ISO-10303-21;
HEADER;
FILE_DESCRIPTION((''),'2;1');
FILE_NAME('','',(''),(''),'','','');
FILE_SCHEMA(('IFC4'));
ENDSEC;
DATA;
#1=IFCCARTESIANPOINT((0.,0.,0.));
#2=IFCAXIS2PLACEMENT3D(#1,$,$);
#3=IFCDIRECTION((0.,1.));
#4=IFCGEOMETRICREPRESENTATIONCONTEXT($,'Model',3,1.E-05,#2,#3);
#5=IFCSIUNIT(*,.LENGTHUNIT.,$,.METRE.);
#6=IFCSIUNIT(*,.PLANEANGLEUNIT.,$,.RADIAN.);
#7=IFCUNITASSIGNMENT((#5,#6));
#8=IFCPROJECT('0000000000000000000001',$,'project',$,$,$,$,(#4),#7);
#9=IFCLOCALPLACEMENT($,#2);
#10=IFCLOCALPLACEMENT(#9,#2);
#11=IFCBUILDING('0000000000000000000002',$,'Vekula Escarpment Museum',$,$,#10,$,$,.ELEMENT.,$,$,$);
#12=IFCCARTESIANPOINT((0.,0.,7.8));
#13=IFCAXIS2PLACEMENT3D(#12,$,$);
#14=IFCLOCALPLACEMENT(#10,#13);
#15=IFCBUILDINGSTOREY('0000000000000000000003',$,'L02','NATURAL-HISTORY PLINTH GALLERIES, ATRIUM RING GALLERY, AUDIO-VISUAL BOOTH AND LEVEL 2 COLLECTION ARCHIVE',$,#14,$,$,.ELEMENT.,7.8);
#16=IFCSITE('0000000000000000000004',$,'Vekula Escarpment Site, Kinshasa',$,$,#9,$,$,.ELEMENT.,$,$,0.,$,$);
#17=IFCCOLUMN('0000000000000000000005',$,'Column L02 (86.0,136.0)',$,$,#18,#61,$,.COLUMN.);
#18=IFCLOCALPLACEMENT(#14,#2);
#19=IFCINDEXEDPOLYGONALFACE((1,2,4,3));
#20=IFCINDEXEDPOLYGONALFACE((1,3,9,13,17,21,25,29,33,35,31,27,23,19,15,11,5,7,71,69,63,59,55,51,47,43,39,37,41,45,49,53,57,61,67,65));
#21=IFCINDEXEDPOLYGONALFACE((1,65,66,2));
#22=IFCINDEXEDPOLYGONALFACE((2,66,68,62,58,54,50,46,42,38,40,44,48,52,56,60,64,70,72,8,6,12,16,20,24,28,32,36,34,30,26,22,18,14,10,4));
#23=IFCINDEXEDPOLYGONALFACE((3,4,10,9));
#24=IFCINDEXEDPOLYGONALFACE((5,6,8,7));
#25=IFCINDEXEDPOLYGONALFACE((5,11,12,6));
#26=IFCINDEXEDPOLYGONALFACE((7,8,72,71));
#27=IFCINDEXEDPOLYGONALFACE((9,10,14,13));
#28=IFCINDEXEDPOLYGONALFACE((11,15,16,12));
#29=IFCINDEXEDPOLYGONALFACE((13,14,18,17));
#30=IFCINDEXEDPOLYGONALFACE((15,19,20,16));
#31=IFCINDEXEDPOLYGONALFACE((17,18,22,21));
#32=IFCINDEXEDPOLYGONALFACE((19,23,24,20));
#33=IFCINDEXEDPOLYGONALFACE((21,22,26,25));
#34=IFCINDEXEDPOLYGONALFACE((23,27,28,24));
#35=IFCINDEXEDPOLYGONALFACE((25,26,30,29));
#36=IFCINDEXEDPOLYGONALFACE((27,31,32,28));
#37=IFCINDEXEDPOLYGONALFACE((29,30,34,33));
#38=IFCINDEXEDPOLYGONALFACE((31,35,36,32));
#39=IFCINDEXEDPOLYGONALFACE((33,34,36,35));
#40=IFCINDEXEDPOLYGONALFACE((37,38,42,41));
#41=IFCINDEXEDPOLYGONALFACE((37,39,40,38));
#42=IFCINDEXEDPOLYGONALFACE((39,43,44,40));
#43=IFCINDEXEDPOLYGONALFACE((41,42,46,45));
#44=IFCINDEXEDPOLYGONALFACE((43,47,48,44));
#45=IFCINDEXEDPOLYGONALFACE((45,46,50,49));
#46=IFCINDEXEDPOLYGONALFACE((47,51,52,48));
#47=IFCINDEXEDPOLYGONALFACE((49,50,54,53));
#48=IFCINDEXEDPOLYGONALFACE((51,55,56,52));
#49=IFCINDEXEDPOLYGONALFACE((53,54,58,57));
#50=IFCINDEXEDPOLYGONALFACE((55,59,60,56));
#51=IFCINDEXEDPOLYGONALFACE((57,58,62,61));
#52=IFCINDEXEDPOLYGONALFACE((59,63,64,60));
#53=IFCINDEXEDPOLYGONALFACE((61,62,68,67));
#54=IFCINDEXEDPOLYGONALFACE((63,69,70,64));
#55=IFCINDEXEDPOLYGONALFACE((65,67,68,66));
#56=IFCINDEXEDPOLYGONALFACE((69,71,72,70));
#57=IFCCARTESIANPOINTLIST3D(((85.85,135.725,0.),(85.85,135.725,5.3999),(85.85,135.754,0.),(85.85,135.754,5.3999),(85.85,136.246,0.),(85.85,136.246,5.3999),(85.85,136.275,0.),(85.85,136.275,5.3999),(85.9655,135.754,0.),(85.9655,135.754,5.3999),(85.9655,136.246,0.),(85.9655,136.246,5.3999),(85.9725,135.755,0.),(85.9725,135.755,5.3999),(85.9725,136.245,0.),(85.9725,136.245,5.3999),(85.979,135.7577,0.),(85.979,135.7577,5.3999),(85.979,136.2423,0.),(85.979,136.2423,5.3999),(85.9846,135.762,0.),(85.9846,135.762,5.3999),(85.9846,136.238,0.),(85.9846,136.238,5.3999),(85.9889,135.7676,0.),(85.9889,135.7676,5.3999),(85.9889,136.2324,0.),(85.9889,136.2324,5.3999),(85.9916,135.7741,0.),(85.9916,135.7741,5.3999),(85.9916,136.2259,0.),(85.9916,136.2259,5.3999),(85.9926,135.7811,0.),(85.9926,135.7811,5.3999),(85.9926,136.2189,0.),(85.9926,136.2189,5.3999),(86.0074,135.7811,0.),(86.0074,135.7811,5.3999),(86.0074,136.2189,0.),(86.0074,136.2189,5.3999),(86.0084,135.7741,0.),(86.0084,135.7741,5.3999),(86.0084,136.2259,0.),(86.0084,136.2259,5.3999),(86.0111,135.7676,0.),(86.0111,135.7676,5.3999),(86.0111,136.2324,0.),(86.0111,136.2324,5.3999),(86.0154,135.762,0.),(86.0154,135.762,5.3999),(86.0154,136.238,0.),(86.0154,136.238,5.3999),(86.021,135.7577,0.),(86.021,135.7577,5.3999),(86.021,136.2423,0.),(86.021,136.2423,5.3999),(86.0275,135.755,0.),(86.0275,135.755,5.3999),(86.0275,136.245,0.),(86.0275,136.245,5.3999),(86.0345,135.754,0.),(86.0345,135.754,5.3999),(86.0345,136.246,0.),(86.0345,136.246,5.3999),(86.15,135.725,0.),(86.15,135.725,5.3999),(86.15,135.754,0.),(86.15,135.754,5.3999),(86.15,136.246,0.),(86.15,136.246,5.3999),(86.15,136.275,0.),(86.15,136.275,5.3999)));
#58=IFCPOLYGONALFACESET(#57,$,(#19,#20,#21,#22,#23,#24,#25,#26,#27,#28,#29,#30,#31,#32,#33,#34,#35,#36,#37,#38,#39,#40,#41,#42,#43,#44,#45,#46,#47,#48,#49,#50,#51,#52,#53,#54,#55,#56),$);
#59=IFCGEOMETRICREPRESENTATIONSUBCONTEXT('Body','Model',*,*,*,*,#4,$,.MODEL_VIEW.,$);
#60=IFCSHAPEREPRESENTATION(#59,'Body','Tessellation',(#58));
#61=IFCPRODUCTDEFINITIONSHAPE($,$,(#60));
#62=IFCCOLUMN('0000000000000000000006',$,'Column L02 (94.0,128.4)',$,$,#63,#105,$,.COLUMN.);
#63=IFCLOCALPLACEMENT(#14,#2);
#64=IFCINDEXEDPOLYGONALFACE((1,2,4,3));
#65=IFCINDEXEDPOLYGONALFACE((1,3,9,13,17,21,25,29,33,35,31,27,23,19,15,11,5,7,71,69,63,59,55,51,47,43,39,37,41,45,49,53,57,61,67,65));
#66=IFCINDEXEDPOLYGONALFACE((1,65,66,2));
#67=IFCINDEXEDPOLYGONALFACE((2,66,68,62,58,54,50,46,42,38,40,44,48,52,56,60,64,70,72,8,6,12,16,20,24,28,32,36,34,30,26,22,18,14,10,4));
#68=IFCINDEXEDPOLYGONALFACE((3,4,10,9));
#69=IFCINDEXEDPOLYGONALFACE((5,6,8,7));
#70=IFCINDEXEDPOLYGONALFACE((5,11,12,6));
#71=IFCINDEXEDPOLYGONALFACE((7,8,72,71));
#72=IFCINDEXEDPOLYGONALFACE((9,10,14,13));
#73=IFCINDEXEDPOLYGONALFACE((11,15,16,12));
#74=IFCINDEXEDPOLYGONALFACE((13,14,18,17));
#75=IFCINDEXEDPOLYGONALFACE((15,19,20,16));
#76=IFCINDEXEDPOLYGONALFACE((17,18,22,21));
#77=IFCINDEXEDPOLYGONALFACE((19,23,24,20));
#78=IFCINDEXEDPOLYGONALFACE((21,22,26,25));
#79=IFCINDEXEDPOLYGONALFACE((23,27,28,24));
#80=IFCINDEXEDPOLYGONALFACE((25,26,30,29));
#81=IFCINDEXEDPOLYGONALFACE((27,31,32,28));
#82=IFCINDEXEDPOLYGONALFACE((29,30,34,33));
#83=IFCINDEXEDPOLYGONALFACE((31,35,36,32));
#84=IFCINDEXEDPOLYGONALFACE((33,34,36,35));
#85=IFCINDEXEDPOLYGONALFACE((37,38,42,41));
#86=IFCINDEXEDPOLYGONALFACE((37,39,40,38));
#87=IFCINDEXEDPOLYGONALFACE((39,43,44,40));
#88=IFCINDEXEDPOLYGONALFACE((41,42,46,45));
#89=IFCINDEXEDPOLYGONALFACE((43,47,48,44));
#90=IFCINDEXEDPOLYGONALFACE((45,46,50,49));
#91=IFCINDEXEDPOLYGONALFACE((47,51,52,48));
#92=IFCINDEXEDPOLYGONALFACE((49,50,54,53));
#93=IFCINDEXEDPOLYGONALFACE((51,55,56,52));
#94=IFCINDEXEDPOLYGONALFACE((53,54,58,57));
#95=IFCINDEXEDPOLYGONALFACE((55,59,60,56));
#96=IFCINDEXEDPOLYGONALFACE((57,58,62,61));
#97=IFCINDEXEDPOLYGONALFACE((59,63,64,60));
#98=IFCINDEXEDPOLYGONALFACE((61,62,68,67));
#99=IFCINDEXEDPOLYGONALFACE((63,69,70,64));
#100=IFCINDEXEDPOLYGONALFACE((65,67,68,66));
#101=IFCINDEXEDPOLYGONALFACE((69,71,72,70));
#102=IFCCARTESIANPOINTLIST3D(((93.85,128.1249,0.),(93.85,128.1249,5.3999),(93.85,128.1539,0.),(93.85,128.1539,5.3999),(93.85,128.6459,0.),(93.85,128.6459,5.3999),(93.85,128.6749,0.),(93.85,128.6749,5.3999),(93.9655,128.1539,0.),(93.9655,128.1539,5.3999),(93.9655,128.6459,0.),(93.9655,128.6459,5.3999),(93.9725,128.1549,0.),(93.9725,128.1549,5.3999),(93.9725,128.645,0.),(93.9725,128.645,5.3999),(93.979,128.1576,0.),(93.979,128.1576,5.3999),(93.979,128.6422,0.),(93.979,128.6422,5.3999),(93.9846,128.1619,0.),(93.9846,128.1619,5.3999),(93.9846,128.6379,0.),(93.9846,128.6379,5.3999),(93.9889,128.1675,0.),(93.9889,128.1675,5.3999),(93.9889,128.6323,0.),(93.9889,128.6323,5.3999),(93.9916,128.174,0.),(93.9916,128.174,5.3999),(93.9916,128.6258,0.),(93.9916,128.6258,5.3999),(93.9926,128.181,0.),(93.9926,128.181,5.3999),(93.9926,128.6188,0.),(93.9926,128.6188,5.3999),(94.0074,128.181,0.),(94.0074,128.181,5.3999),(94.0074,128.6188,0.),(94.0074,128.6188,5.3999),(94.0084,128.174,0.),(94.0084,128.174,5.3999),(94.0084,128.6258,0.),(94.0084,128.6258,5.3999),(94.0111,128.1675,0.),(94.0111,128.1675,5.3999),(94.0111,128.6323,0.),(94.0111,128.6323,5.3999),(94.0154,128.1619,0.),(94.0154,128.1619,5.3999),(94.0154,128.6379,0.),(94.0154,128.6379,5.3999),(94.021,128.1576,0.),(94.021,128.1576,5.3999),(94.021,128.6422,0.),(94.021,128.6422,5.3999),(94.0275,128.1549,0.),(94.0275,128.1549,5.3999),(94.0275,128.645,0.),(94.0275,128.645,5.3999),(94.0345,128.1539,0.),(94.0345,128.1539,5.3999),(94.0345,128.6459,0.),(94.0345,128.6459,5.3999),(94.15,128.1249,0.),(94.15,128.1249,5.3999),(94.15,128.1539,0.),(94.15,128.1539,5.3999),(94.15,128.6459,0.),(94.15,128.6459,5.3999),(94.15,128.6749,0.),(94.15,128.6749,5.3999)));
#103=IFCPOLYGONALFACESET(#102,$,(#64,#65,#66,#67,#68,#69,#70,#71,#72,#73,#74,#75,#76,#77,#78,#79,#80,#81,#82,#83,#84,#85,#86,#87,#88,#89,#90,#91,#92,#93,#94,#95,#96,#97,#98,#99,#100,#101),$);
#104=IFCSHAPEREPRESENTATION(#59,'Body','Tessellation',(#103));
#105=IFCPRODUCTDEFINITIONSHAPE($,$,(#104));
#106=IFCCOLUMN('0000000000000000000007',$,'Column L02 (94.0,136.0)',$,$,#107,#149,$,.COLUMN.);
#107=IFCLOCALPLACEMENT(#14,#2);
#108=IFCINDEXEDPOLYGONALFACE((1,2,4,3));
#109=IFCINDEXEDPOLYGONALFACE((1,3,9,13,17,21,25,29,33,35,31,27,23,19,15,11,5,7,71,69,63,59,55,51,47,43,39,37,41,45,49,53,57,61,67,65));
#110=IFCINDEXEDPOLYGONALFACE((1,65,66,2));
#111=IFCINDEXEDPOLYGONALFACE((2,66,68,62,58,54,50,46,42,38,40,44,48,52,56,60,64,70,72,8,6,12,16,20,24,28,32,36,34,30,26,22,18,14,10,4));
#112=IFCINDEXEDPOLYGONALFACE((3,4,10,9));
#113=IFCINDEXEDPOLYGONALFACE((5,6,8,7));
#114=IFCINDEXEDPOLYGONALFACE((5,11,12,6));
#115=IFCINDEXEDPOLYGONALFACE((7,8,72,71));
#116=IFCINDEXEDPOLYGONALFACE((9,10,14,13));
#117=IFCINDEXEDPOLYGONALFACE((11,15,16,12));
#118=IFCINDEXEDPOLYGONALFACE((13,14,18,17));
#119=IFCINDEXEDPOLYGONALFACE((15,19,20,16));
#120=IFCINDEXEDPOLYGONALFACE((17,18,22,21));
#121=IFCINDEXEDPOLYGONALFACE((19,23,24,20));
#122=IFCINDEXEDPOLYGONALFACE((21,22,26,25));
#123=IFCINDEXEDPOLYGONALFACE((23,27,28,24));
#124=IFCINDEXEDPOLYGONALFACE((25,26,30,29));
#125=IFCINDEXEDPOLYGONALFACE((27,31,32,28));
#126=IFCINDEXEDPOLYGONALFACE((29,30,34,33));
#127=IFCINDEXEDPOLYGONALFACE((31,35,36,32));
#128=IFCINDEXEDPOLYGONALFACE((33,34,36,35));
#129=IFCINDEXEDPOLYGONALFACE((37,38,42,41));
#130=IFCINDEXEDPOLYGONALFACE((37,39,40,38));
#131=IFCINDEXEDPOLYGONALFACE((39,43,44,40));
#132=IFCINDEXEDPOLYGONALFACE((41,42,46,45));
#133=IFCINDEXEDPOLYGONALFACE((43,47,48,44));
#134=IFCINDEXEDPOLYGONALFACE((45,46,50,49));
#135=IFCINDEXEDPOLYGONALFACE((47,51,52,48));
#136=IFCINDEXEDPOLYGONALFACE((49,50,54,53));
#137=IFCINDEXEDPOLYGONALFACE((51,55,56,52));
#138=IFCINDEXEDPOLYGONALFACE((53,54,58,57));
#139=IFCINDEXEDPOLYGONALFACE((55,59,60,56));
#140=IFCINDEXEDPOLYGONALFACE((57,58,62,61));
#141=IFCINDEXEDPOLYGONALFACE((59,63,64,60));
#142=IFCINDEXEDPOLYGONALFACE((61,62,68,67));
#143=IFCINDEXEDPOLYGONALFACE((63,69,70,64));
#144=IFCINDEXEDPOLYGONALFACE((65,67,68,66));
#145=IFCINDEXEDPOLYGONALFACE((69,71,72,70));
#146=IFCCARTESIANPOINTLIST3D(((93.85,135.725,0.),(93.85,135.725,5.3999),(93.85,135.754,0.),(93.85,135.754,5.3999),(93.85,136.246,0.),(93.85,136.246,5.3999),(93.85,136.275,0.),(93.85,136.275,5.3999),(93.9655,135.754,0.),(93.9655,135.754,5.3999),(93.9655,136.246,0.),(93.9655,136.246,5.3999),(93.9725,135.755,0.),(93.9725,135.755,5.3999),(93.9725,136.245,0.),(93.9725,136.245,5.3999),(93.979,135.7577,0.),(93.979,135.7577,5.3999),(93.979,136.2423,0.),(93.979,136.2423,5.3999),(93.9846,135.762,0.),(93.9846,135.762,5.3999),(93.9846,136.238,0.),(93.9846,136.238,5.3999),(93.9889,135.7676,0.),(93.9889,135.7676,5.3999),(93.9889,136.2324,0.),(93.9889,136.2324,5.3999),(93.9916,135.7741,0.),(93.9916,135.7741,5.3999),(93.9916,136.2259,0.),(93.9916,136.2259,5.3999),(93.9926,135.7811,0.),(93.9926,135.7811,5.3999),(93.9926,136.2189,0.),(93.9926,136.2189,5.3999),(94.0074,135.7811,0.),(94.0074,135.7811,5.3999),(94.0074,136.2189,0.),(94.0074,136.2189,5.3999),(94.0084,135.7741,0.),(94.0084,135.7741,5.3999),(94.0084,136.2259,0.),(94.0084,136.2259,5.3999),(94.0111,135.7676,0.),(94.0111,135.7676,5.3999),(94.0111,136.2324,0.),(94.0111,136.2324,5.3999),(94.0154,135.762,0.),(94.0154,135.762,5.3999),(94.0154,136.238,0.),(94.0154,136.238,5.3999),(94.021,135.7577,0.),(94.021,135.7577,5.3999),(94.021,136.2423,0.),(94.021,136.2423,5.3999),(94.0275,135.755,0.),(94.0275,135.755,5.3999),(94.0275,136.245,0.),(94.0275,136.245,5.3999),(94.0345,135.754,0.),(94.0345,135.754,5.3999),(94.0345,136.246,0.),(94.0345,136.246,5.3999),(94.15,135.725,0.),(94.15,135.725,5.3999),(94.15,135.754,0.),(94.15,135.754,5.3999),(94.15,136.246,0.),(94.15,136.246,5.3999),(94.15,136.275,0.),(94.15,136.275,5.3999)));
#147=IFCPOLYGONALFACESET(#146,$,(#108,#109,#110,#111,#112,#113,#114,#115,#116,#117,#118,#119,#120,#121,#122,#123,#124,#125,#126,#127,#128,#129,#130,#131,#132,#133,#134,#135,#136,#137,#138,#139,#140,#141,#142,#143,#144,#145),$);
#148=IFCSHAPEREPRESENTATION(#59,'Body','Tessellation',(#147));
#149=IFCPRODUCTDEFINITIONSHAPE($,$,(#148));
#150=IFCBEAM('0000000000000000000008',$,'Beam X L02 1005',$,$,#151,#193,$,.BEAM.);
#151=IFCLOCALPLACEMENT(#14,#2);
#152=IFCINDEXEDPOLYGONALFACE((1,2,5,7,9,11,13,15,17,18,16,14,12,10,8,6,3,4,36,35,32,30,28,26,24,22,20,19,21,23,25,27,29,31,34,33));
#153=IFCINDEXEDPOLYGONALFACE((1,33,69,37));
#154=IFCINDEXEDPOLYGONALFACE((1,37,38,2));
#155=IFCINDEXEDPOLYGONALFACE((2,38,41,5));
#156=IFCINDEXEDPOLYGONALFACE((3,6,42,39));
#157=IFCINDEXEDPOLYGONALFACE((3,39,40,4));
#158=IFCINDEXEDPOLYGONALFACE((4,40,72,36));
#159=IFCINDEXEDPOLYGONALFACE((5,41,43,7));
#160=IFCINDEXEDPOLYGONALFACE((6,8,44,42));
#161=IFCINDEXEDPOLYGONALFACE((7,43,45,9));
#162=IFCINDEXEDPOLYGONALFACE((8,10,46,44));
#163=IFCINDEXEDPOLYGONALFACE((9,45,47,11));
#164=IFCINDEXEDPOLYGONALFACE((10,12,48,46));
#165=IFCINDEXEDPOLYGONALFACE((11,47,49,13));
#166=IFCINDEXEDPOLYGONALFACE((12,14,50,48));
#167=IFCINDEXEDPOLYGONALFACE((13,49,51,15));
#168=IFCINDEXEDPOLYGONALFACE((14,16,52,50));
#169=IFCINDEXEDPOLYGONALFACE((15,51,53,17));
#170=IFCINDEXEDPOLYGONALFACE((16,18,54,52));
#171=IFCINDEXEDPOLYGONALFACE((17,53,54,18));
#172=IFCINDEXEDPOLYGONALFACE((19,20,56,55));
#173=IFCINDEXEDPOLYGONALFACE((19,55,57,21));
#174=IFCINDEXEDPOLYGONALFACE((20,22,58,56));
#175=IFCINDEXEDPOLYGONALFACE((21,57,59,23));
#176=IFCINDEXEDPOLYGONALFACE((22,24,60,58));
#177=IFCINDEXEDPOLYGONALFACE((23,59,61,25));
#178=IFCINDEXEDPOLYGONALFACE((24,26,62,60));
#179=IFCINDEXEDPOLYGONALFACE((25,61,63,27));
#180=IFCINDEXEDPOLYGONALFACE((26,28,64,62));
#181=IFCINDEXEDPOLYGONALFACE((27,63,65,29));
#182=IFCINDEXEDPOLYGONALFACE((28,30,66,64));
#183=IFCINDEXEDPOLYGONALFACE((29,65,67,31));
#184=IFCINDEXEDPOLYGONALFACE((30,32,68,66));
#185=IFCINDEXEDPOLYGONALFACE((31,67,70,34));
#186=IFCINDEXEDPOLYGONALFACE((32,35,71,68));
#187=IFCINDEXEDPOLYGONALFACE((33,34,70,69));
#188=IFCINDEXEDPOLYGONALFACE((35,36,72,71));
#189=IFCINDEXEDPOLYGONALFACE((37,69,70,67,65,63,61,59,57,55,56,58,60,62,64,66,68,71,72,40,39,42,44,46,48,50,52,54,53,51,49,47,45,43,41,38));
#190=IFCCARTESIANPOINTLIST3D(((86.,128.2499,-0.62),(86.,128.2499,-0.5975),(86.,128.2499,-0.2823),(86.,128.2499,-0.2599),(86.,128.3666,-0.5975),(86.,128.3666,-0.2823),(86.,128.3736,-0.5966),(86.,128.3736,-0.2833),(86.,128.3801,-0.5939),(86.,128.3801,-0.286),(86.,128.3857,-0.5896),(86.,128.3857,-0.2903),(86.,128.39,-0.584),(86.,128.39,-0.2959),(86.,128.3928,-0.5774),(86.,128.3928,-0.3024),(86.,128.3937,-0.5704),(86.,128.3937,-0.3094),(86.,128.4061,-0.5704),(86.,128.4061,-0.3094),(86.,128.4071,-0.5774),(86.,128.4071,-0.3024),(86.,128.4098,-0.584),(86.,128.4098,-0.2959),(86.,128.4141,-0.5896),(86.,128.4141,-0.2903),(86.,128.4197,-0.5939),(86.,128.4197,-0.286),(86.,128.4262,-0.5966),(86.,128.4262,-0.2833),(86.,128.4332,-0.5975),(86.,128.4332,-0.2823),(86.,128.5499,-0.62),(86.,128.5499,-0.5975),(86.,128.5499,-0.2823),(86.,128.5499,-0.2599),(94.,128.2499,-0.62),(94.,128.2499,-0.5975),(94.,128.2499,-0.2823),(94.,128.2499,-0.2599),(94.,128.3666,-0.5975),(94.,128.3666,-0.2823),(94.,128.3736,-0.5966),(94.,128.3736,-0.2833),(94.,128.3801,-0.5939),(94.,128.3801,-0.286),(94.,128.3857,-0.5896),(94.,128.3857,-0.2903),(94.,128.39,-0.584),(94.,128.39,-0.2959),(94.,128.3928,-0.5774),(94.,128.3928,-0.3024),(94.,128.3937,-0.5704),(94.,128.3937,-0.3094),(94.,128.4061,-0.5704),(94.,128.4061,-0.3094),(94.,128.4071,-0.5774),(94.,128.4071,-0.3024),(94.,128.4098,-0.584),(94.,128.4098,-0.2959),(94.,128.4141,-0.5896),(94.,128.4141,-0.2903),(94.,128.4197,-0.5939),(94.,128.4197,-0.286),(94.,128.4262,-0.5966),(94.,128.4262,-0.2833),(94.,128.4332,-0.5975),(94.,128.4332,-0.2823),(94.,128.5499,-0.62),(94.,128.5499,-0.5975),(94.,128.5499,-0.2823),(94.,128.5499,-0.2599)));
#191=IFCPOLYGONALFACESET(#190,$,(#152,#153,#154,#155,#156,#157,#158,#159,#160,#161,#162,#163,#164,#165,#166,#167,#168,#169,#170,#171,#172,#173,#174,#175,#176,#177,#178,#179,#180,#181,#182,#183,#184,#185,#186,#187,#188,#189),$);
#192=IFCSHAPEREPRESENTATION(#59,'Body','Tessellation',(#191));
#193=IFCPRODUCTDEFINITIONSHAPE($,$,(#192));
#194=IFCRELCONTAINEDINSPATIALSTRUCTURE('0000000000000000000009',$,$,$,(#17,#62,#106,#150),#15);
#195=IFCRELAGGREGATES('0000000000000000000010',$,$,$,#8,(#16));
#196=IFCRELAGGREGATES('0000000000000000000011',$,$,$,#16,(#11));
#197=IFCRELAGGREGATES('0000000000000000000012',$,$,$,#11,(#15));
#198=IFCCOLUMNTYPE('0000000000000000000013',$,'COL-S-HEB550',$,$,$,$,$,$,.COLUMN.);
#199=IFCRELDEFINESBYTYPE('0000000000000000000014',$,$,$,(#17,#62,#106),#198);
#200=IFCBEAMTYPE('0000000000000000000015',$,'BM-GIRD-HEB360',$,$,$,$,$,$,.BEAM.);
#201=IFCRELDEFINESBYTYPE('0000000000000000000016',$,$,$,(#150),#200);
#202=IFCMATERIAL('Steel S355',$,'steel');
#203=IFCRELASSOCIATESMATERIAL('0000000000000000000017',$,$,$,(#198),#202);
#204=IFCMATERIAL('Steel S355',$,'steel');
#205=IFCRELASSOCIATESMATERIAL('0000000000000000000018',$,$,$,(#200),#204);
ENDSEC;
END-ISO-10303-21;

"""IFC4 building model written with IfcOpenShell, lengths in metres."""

from ifc_helpers import new_model, si_unit, direction, frame, origin, origin_2d, place, context, subcontext, project, spatial, i_section, extrude, material, material_profile, profile_set, type_object, element, save


model = new_model("IFC4")

# Units and contexts
model_context = context("Model", 3, precision=1e-05, world=origin(), true_north=direction((0.0, 1.0)))
body_context = subcontext(model_context, "Body", "Model", "MODEL_VIEW")
ifc_project = project(units=[si_unit("LENGTHUNIT", "METRE"), si_unit("PLANEANGLEUNIT", "RADIAN")], contexts=[model_context])

# Site, building, storey
site_placement = place(None, origin())
site = spatial("IfcSite", under=ifc_project, at=site_placement, Name="Vekula Escarpment Site, Kinshasa", CompositionType="ELEMENT", RefElevation=0.0)
building_placement = place(site_placement, origin())
building = spatial("IfcBuilding", under=site, at=building_placement, Name="Vekula Escarpment Museum", CompositionType="ELEMENT")
storey_placement = place(building_placement, frame((0.0, 0.0, 7.8)))
storey = spatial("IfcBuildingStorey", under=building, at=storey_placement, Name="L02", Description="NATURAL-HISTORY PLINTH GALLERIES, ATRIUM RING GALLERY, AUDIO-VISUAL BOOTH AND LEVEL 2 COLLECTION ARCHIVE", CompositionType="ELEMENT", Elevation=7.8)

# Columns
ifc_material_1 = material(Name="Steel S355", Category="steel")
ifc_material_profile_1 = material_profile(ifc_material_1, i_section(OverallWidth=0.3, OverallDepth=0.55, WebThickness=0.0149, FlangeThickness=0.0291, FilletRadius=0.0271, at=origin_2d()), Name="HEB 550")
ifc_profile_set_1 = profile_set([ifc_material_profile_1], Name="Steel S355")
column_type = type_object("IfcColumnType", Name="COL-S-HEB550", PredefinedType="COLUMN", material=ifc_profile_set_1)
for number, where, z_axis, x_axis, name in (
    (1, (86.0, 136.0, 0.0), (0.0, 0.0, 1.0), (1.0, 0.0, 0.0), "Column L02 (86.0,136.0)"),
    (2, (94.0, 128.3999, 0.0), (0.0, 0.0, 1.0), (1.0, 0.0, 0.0), "Column L02 (94.0,128.4)"),
    (3, (94.0, 136.0, 0.0), (0.0, 0.0, 1.0), (1.0, 0.0, 0.0), "Column L02 (94.0,136.0)"),
):
    element("IfcColumn", number, at=place(storey_placement, frame(where, z_axis=z_axis, x_axis=x_axis)), inside=storey, type_object=column_type, Name=name, PredefinedType="COLUMN", context=body_context, shape_type="SweptSolid", body=[
        extrude(i_section(OverallWidth=0.3, OverallDepth=0.55, WebThickness=0.0149, FlangeThickness=0.0291, FilletRadius=0.0271, at=origin_2d()), origin(), (0.0, 0.0, 1.0), 5.3999),
    ])

# Beam
ifc_material_2 = material(Name="Steel S355", Category="steel")
ifc_material_profile_2 = material_profile(ifc_material_2, i_section(OverallWidth=0.3, OverallDepth=0.3601, WebThickness=0.0125, FlangeThickness=0.0225, FilletRadius=0.0271, at=origin_2d()), Name="HEB 360")
ifc_profile_set_2 = profile_set([ifc_material_profile_2], Name="Steel S355")
beam_type_1 = type_object("IfcBeamType", Name="BM-GIRD-HEB360", PredefinedType="BEAM", material=ifc_profile_set_2)
beam_1_placement = place(storey_placement, frame((86.0, 128.3999, -0.4399), z_axis=(1.0, 0.0, 0.0), x_axis=(0.0, 1.0, 0.0)))
element("IfcBeam", 4, at=beam_1_placement, inside=storey, type_object=beam_type_1, Name="Beam X L02 1005", PredefinedType="BEAM", context=body_context, shape_type="SweptSolid", body=[
    extrude(i_section(OverallWidth=0.3, OverallDepth=0.3601, WebThickness=0.0125, FlangeThickness=0.0225, FilletRadius=0.0271, at=origin_2d()), origin(), (0.0, 0.0, 1.0), 8.0),
])

save(model, "model.ifc")
